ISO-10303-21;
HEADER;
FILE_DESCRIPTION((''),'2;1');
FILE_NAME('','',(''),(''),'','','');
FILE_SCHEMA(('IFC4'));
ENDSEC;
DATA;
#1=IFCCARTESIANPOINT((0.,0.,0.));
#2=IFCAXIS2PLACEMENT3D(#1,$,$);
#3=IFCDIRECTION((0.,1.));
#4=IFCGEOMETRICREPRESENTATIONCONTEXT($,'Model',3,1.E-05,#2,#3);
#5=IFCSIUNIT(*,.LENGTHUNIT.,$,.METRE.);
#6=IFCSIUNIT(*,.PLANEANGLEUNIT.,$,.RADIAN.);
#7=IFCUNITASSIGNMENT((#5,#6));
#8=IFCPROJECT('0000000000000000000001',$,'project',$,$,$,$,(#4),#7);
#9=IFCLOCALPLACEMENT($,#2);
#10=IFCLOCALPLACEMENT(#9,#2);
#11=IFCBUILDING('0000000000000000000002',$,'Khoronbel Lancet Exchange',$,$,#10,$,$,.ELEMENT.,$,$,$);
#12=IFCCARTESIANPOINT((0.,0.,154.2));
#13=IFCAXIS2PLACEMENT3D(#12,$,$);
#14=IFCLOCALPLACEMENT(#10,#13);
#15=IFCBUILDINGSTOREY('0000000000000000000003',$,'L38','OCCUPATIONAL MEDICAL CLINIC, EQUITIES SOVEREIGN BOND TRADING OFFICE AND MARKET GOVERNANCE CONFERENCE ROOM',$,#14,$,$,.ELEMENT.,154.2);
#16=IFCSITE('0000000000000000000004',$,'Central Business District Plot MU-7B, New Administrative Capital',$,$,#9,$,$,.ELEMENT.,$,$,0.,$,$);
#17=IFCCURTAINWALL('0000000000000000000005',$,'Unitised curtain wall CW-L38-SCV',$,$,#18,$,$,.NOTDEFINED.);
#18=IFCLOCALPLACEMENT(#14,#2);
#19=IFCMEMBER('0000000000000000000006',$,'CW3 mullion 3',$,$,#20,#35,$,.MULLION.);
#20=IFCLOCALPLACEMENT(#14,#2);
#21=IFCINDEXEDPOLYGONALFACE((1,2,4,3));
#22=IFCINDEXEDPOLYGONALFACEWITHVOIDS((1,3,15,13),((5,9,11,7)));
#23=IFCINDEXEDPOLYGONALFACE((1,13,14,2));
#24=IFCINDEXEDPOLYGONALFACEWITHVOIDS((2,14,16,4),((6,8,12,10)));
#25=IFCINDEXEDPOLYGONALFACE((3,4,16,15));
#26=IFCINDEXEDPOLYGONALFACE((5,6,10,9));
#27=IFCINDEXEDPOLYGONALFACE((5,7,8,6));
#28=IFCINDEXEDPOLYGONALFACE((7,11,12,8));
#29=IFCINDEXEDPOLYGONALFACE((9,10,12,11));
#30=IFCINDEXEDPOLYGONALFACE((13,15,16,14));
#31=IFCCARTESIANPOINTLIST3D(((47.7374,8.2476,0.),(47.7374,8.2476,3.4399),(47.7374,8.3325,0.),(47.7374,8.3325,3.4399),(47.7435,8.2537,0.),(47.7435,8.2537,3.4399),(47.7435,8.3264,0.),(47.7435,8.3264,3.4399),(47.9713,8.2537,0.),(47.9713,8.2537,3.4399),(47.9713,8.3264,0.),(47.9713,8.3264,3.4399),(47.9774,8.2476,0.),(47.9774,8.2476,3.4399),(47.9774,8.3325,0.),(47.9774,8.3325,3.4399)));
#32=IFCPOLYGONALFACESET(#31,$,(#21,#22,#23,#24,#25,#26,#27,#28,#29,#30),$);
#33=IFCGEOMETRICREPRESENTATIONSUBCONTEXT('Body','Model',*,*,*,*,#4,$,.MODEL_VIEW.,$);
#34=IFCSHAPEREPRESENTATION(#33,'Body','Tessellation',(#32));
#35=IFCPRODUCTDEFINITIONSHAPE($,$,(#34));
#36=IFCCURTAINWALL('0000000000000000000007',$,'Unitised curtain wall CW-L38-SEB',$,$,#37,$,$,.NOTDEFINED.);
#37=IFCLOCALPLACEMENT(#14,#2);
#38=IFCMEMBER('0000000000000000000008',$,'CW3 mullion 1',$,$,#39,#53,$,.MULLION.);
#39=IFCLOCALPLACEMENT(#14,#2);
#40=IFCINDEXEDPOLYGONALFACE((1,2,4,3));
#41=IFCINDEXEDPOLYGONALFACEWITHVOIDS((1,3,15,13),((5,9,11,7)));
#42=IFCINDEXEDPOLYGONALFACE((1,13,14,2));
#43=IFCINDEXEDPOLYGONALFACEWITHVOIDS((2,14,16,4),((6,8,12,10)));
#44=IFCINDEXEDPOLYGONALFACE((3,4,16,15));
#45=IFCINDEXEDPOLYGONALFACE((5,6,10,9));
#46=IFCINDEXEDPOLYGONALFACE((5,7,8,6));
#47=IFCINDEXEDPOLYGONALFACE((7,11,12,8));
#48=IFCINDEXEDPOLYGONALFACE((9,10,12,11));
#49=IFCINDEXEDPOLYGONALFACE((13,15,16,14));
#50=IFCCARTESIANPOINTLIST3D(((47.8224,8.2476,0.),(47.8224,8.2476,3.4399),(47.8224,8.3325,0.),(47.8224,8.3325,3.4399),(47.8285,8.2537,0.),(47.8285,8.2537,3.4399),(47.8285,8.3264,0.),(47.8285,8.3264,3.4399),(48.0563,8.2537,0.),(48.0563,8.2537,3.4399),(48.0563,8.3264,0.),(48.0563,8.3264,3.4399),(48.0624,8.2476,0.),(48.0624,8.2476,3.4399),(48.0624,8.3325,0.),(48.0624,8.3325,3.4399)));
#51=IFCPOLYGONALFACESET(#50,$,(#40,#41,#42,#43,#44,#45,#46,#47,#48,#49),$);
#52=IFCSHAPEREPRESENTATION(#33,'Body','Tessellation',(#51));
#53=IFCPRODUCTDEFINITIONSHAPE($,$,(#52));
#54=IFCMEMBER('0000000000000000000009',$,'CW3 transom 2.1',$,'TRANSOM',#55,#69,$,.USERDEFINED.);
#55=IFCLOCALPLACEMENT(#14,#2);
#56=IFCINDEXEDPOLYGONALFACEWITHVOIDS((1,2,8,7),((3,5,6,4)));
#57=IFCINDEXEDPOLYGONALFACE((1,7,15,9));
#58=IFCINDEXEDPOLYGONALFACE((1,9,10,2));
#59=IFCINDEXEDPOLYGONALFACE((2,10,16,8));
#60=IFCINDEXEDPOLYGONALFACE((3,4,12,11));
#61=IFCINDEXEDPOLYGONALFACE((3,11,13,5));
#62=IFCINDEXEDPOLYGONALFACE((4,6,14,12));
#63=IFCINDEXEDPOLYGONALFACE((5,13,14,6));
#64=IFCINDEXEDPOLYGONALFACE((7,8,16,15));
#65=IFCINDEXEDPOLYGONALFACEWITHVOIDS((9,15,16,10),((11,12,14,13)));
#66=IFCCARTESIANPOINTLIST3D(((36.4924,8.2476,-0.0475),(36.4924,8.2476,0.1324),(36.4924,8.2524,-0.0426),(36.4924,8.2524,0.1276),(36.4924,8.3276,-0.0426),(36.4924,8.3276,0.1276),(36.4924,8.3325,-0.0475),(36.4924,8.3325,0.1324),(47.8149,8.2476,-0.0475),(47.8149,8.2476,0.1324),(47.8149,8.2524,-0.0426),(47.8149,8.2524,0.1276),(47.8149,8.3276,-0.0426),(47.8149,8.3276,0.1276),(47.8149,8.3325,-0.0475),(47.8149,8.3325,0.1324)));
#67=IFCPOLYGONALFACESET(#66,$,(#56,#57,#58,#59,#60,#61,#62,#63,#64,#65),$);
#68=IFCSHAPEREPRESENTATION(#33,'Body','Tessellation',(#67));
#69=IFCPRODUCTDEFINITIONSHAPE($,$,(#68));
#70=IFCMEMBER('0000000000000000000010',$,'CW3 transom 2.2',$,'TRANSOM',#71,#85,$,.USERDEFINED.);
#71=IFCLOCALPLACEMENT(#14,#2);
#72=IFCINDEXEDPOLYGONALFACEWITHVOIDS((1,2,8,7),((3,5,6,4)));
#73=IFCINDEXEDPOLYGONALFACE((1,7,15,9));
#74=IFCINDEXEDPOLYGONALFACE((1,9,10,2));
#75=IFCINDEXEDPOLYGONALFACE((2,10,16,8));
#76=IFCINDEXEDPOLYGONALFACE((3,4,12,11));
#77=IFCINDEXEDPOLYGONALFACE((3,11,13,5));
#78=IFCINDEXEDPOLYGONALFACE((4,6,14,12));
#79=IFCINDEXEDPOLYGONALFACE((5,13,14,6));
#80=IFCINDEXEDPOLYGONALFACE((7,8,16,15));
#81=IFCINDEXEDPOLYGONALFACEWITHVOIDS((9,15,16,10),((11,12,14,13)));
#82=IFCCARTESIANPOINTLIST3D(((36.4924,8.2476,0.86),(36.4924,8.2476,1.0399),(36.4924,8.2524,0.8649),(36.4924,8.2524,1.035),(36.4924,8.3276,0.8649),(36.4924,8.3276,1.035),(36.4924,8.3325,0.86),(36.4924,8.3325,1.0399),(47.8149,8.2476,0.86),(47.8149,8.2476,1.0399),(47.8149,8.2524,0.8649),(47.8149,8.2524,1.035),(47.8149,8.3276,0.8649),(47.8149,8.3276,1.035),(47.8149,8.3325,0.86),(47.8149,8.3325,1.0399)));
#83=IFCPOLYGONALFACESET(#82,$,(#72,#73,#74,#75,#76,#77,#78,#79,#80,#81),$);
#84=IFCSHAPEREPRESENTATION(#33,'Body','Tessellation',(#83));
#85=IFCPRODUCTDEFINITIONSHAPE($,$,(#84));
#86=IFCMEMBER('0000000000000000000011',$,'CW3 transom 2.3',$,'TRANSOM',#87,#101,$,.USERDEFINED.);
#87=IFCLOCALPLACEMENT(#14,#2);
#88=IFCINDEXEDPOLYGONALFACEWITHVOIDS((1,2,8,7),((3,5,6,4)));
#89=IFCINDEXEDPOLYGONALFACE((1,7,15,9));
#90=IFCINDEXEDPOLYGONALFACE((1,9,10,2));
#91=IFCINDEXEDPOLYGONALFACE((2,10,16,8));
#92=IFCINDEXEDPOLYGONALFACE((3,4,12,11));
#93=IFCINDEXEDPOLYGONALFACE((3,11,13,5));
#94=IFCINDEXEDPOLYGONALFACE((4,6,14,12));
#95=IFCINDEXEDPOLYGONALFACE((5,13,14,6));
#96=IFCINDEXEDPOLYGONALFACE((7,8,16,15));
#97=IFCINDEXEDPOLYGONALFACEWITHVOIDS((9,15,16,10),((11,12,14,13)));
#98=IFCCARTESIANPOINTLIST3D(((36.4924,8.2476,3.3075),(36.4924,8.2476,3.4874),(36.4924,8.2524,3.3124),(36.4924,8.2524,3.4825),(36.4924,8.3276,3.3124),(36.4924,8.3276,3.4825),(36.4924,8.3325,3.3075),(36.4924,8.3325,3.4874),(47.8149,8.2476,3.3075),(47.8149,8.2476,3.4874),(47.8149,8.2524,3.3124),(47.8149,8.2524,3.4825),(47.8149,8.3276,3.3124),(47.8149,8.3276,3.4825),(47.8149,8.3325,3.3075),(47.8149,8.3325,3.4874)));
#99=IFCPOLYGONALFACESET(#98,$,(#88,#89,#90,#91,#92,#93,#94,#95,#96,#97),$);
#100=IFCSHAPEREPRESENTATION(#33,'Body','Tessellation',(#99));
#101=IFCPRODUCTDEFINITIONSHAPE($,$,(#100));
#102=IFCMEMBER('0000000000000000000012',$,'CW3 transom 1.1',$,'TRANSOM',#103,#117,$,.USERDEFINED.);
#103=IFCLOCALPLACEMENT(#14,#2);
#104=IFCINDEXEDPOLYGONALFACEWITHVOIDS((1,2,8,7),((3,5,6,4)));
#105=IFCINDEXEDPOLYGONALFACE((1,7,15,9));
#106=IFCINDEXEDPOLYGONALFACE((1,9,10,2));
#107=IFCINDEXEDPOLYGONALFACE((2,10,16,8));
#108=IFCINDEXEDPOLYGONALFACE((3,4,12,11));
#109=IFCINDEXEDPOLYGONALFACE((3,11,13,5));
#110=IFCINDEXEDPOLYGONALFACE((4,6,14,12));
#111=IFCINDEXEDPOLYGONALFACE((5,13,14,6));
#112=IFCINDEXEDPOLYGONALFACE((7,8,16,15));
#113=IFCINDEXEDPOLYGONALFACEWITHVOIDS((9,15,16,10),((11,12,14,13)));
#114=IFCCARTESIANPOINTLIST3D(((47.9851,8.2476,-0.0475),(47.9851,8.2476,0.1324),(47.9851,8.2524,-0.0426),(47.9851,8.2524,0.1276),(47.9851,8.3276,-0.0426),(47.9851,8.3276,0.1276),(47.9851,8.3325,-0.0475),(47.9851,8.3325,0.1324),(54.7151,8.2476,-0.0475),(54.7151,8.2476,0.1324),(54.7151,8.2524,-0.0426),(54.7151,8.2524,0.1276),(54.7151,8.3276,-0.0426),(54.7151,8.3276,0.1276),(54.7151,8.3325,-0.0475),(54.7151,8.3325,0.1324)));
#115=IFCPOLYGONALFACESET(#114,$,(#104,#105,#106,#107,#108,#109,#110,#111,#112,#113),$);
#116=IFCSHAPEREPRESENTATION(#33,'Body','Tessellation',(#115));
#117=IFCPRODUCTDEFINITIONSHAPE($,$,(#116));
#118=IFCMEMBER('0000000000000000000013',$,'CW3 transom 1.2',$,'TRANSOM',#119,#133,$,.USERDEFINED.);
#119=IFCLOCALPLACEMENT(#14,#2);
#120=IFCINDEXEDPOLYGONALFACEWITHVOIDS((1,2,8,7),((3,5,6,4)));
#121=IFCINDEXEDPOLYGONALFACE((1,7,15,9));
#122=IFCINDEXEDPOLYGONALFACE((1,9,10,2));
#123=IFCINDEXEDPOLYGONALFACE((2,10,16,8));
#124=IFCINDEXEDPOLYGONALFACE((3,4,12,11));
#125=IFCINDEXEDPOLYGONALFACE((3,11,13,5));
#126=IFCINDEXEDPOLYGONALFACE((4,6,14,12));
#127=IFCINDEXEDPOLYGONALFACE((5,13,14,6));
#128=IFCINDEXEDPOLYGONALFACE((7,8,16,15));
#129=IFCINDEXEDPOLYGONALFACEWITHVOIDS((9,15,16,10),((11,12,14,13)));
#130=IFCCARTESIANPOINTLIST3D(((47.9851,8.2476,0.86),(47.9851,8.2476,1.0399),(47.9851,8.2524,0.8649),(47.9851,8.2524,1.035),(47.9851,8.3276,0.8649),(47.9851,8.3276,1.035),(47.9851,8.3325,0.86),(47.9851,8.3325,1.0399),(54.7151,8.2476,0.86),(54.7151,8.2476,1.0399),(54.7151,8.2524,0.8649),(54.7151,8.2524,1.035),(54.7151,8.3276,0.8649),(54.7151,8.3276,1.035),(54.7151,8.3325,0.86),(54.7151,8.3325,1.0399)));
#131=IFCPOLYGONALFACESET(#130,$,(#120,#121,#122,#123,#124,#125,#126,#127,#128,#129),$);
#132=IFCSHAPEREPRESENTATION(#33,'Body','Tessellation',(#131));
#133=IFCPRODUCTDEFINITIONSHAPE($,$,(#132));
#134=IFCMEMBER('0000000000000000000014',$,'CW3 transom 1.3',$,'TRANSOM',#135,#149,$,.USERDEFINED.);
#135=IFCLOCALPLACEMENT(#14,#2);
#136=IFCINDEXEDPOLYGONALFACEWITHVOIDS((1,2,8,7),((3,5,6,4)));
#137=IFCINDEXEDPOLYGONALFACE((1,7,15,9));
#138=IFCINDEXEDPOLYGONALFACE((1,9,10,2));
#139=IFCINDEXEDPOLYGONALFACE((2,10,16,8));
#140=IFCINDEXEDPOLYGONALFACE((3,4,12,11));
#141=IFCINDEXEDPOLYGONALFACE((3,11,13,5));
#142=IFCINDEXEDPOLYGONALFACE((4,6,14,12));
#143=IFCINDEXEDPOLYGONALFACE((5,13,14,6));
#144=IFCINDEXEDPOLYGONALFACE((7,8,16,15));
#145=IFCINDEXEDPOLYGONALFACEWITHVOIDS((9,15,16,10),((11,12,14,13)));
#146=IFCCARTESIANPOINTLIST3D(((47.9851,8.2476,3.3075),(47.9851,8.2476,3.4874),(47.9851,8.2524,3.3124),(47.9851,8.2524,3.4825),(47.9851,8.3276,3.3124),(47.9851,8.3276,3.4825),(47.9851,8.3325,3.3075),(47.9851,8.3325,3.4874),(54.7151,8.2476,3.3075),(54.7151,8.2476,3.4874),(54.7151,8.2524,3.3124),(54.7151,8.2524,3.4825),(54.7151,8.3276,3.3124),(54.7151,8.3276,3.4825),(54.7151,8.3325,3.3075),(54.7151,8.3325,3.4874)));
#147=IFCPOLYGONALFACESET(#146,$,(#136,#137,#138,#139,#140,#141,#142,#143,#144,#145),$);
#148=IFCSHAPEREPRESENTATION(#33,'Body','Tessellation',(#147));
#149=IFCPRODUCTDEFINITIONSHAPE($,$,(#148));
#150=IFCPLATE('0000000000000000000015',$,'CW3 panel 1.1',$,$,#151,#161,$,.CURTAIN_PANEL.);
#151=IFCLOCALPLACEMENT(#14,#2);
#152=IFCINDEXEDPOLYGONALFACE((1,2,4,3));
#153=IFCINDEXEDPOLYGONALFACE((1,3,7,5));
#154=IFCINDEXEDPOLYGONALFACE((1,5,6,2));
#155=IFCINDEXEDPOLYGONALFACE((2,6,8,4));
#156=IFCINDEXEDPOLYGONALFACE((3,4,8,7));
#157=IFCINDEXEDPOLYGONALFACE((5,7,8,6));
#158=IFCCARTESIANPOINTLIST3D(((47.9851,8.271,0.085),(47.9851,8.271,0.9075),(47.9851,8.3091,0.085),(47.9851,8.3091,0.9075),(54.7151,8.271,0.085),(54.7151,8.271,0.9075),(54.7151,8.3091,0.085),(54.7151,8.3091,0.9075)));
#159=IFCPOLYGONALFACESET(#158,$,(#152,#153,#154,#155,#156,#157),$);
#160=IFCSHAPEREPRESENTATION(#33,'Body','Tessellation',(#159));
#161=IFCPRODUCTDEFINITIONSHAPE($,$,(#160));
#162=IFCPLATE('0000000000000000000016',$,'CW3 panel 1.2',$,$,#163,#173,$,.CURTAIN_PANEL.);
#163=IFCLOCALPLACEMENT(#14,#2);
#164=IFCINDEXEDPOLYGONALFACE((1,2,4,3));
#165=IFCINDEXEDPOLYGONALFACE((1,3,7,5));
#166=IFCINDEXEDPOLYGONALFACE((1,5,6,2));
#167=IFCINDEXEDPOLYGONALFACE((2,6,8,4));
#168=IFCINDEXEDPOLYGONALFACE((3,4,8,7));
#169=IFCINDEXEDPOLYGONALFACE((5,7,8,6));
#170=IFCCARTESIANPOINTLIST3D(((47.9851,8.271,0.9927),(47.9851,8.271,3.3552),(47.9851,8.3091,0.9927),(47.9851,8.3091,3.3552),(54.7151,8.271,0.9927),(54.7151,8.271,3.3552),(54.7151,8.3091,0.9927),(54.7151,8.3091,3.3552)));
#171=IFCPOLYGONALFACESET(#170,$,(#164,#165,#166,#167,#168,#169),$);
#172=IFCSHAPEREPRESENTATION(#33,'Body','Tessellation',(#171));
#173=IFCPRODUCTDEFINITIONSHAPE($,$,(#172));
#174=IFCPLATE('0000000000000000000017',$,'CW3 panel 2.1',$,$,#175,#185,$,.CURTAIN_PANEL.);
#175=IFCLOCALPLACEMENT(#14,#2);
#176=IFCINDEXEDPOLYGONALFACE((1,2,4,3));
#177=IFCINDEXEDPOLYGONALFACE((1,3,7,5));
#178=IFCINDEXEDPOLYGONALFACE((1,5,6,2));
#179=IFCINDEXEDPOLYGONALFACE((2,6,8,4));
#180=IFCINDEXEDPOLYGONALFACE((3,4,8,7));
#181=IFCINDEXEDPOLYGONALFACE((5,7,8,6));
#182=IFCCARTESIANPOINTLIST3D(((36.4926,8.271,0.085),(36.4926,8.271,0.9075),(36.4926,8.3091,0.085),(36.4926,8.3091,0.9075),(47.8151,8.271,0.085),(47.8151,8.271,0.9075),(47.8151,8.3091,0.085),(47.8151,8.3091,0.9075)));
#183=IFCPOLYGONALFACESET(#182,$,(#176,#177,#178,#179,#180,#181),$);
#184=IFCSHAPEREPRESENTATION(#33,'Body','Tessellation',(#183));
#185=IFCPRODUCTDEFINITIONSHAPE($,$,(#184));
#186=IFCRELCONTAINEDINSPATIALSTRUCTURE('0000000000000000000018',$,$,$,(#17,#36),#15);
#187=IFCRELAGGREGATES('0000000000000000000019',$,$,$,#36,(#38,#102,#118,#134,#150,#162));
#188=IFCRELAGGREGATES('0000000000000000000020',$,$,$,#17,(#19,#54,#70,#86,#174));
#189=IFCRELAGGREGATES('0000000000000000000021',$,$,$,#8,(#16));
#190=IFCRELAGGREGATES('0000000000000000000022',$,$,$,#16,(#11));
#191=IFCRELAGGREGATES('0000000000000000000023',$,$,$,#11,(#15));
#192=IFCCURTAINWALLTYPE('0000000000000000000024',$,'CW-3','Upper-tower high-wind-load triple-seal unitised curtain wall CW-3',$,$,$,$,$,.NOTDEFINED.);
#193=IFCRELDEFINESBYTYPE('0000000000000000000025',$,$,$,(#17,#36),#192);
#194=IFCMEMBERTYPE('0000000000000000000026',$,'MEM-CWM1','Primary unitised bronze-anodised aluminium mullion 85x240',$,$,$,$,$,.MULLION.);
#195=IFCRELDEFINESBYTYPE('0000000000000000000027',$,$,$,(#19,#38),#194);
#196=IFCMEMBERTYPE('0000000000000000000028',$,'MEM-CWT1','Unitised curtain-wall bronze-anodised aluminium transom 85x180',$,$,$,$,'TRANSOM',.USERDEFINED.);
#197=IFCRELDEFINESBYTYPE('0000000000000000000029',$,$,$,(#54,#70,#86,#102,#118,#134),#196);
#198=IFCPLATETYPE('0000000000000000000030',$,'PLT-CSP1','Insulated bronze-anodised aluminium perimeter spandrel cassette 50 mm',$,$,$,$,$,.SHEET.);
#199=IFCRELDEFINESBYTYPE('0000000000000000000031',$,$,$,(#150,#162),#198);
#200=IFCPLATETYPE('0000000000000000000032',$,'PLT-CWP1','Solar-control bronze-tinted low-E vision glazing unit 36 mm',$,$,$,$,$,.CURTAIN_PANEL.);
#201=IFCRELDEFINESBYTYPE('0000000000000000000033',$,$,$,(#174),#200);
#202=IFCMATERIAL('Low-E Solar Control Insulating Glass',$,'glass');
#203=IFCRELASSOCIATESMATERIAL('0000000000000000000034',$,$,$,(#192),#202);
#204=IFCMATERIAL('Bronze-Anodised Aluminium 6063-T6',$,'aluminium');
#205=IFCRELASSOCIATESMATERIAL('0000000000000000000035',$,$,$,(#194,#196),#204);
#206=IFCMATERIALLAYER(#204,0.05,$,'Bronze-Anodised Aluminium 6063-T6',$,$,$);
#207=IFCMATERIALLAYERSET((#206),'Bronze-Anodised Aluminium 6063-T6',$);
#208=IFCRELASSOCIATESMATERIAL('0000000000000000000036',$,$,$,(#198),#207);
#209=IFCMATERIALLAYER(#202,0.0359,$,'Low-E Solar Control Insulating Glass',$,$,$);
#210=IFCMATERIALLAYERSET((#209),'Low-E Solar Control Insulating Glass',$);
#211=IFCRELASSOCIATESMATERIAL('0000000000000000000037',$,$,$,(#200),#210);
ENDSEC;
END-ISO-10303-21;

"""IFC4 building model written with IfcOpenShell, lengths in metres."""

from ifc_helpers import new_model, si_unit, direction, frame, origin, origin_2d, place, context, subcontext, project, spatial, rectangle, hollow_rectangle, extrude, material, layer, layer_set, material_profile, profile_set, type_object, element, aggregate, save


model = new_model("IFC4")

# Units and contexts
model_context = context("Model", 3, precision=1e-05, world=origin(), true_north=direction((0.0, 1.0)))
body_context = subcontext(model_context, "Body", "Model", "MODEL_VIEW")
ifc_project = project(units=[si_unit("LENGTHUNIT", "METRE"), si_unit("PLANEANGLEUNIT", "RADIAN")], contexts=[model_context])

# Site, building, storey
site_placement = place(None, origin())
site = spatial("IfcSite", under=ifc_project, at=site_placement, Name="Central Business District Plot MU-7B, New Administrative Capital", CompositionType="ELEMENT", RefElevation=0.0)
building_placement = place(site_placement, origin())
building = spatial("IfcBuilding", under=site, at=building_placement, Name="Khoronbel Lancet Exchange", CompositionType="ELEMENT")
storey_placement = place(building_placement, frame((0.0, 0.0, 154.2)))
storey = spatial("IfcBuildingStorey", under=building, at=storey_placement, Name="L38", Description="OCCUPATIONAL MEDICAL CLINIC, EQUITIES SOVEREIGN BOND TRADING OFFICE AND MARKET GOVERNANCE CONFERENCE ROOM", CompositionType="ELEMENT", Elevation=154.2)

# Curtain wall, member
ifc_material_1 = material(Name="Low-E Solar Control Insulating Glass", Category="glass")
curtain_wall_type = type_object("IfcCurtainWallType", Name="CW-3", Description="Upper-tower high-wind-load triple-seal unitised curtain wall CW-3", PredefinedType="NOTDEFINED", material=ifc_material_1)
curtain_wall_1_placement = place(storey_placement, origin())
curtain_wall_1 = element("IfcCurtainWall", 1, at=curtain_wall_1_placement, inside=storey, type_object=curtain_wall_type, Name="Unitised curtain wall CW-L38-SCV", PredefinedType="NOTDEFINED")
ifc_material_2 = material(Name="Bronze-Anodised Aluminium 6063-T6", Category="aluminium")
ifc_material_profile_1 = material_profile(ifc_material_2, hollow_rectangle(XDim=0.085, YDim=0.24, WallThickness=0.0061, at=origin_2d()), Name="ALU MULLION 85x240")
ifc_profile_set_1 = profile_set([ifc_material_profile_1], Name="Bronze-Anodised Aluminium 6063-T6")
member_type_1 = type_object("IfcMemberType", Name="MEM-CWM1", Description="Primary unitised bronze-anodised aluminium mullion 85x240", PredefinedType="MULLION", material=ifc_profile_set_1)
member_1_placement = place(storey_placement, frame((47.8574, 8.29, 0.0), z_axis=(0.0, 0.0, 1.0), x_axis=(0.0, 1.0, 0.0)))
member_1 = element("IfcMember", 2, at=member_1_placement, type_object=member_type_1, Name="CW3 mullion 3", PredefinedType="MULLION", context=body_context, shape_type="SweptSolid", body=[
    extrude(hollow_rectangle(XDim=0.085, YDim=0.24, WallThickness=0.0061, at=origin_2d()), origin(), (0.0, 0.0, 1.0), 3.4399),
])

# Curtain wall, member
curtain_wall_2_placement = place(storey_placement, origin())
curtain_wall_2 = element("IfcCurtainWall", 3, at=curtain_wall_2_placement, inside=storey, type_object=curtain_wall_type, Name="Unitised curtain wall CW-L38-SEB", PredefinedType="NOTDEFINED")
member_2_placement = place(storey_placement, frame((47.9424, 8.29, 0.0), z_axis=(0.0, 0.0, 1.0), x_axis=(0.0, 1.0, 0.0)))
member_2 = element("IfcMember", 4, at=member_2_placement, type_object=member_type_1, Name="CW3 mullion 1", PredefinedType="MULLION", context=body_context, shape_type="SweptSolid", body=[
    extrude(hollow_rectangle(XDim=0.085, YDim=0.24, WallThickness=0.0061, at=origin_2d()), origin(), (0.0, 0.0, 1.0), 3.4399),
])

# Members
ifc_material_profile_2 = material_profile(ifc_material_2, hollow_rectangle(XDim=0.085, YDim=0.1799, WallThickness=0.0049, at=origin_2d()), Name="ALU TRANSOM 85x180")
ifc_profile_set_2 = profile_set([ifc_material_profile_2], Name="Bronze-Anodised Aluminium 6063-T6")
member_type_2 = type_object("IfcMemberType", Name="MEM-CWT1", Description="Unitised curtain-wall bronze-anodised aluminium transom 85x180", ElementType="TRANSOM", PredefinedType="USERDEFINED", material=ifc_profile_set_2)
member_3_placement = place(storey_placement, frame((36.4924, 8.29, 0.0425), z_axis=(1.0, 0.0, 0.0), x_axis=(0.0, 1.0, 0.0)))
member_3 = element("IfcMember", 5, at=member_3_placement, type_object=member_type_2, Name="CW3 transom 2.1", ObjectType="TRANSOM", PredefinedType="USERDEFINED", context=body_context, shape_type="SweptSolid", body=[
    extrude(hollow_rectangle(XDim=0.085, YDim=0.1799, WallThickness=0.0049, at=origin_2d()), origin(), (0.0, 0.0, 1.0), 11.3225),
])
member_4_placement = place(storey_placement, frame((36.4924, 8.29, 0.95), z_axis=(1.0, 0.0, 0.0), x_axis=(0.0, 1.0, 0.0)))
member_4 = element("IfcMember", 6, at=member_4_placement, type_object=member_type_2, Name="CW3 transom 2.2", ObjectType="TRANSOM", PredefinedType="USERDEFINED", context=body_context, shape_type="SweptSolid", body=[
    extrude(hollow_rectangle(XDim=0.085, YDim=0.1799, WallThickness=0.0049, at=origin_2d()), origin(), (0.0, 0.0, 1.0), 11.3225),
])
member_5_placement = place(storey_placement, frame((36.4924, 8.29, 3.3975), z_axis=(1.0, 0.0, 0.0), x_axis=(0.0, 1.0, 0.0)))
member_5 = element("IfcMember", 7, at=member_5_placement, type_object=member_type_2, Name="CW3 transom 2.3", ObjectType="TRANSOM", PredefinedType="USERDEFINED", context=body_context, shape_type="SweptSolid", body=[
    extrude(hollow_rectangle(XDim=0.085, YDim=0.1799, WallThickness=0.0049, at=origin_2d()), origin(), (0.0, 0.0, 1.0), 11.3225),
])
member_6_placement = place(storey_placement, frame((47.9851, 8.29, 0.0425), z_axis=(1.0, 0.0, 0.0), x_axis=(0.0, 1.0, 0.0)))
member_6 = element("IfcMember", 8, at=member_6_placement, type_object=member_type_2, Name="CW3 transom 1.1", ObjectType="TRANSOM", PredefinedType="USERDEFINED", context=body_context, shape_type="SweptSolid", body=[
    extrude(hollow_rectangle(XDim=0.085, YDim=0.1799, WallThickness=0.0049, at=origin_2d()), origin(), (0.0, 0.0, 1.0), 6.73),
])
member_7_placement = place(storey_placement, frame((47.9851, 8.29, 0.95), z_axis=(1.0, 0.0, 0.0), x_axis=(0.0, 1.0, 0.0)))
member_7 = element("IfcMember", 9, at=member_7_placement, type_object=member_type_2, Name="CW3 transom 1.2", ObjectType="TRANSOM", PredefinedType="USERDEFINED", context=body_context, shape_type="SweptSolid", body=[
    extrude(hollow_rectangle(XDim=0.085, YDim=0.1799, WallThickness=0.0049, at=origin_2d()), origin(), (0.0, 0.0, 1.0), 6.73),
])
member_8_placement = place(storey_placement, frame((47.9851, 8.29, 3.3975), z_axis=(1.0, 0.0, 0.0), x_axis=(0.0, 1.0, 0.0)))
member_8 = element("IfcMember", 10, at=member_8_placement, type_object=member_type_2, Name="CW3 transom 1.3", ObjectType="TRANSOM", PredefinedType="USERDEFINED", context=body_context, shape_type="SweptSolid", body=[
    extrude(hollow_rectangle(XDim=0.085, YDim=0.1799, WallThickness=0.0049, at=origin_2d()), origin(), (0.0, 0.0, 1.0), 6.73),
])

# Plates
ifc_layer_1 = layer(ifc_material_2, 0.05, Name="Bronze-Anodised Aluminium 6063-T6")
ifc_layer_set_1 = layer_set([ifc_layer_1], Name="Bronze-Anodised Aluminium 6063-T6")
plate_type_1 = type_object("IfcPlateType", Name="PLT-CSP1", Description="Insulated bronze-anodised aluminium perimeter spandrel cassette 50 mm", PredefinedType="SHEET", material=ifc_layer_set_1)
plate_1_placement = place(storey_placement, frame((51.3501, 8.29, 0.085), z_axis=(0.0, 0.0, 1.0), x_axis=(1.0, 0.0, 0.0)))
plate_1 = element("IfcPlate", 11, at=plate_1_placement, type_object=plate_type_1, Name="CW3 panel 1.1", PredefinedType="CURTAIN_PANEL", context=body_context, shape_type="SweptSolid", body=[
    extrude(rectangle(XDim=6.73, YDim=0.0381, at=origin_2d()), origin(), (0.0, 0.0, 1.0), 0.8225),
])
plate_2_placement = place(storey_placement, frame((51.3501, 8.29, 0.9927), z_axis=(0.0, 0.0, 1.0), x_axis=(1.0, 0.0, 0.0)))
plate_2 = element("IfcPlate", 12, at=plate_2_placement, type_object=plate_type_1, Name="CW3 panel 1.2", PredefinedType="CURTAIN_PANEL", context=body_context, shape_type="SweptSolid", body=[
    extrude(rectangle(XDim=6.73, YDim=0.0381, at=origin_2d()), origin(), (0.0, 0.0, 1.0), 2.3625),
])
aggregate(curtain_wall_2, [member_2, member_6, member_7, member_8, plate_1, plate_2])
ifc_layer_2 = layer(ifc_material_1, 0.0359, Name="Low-E Solar Control Insulating Glass")
ifc_layer_set_2 = layer_set([ifc_layer_2], Name="Low-E Solar Control Insulating Glass")
plate_type_2 = type_object("IfcPlateType", Name="PLT-CWP1", Description="Solar-control bronze-tinted low-E vision glazing unit 36 mm", PredefinedType="CURTAIN_PANEL", material=ifc_layer_set_2)
plate_3_placement = place(storey_placement, frame((42.1538, 8.29, 0.085), z_axis=(0.0, 0.0, 1.0), x_axis=(1.0, 0.0, 0.0)))
plate_3 = element("IfcPlate", 13, at=plate_3_placement, type_object=plate_type_2, Name="CW3 panel 2.1", PredefinedType="CURTAIN_PANEL", context=body_context, shape_type="SweptSolid", body=[
    extrude(rectangle(XDim=11.3225, YDim=0.0381, at=origin_2d()), origin(), (0.0, 0.0, 1.0), 0.8225),
])
aggregate(curtain_wall_1, [member_1, member_3, member_4, member_5, plate_3])

save(model, "model.ifc")
